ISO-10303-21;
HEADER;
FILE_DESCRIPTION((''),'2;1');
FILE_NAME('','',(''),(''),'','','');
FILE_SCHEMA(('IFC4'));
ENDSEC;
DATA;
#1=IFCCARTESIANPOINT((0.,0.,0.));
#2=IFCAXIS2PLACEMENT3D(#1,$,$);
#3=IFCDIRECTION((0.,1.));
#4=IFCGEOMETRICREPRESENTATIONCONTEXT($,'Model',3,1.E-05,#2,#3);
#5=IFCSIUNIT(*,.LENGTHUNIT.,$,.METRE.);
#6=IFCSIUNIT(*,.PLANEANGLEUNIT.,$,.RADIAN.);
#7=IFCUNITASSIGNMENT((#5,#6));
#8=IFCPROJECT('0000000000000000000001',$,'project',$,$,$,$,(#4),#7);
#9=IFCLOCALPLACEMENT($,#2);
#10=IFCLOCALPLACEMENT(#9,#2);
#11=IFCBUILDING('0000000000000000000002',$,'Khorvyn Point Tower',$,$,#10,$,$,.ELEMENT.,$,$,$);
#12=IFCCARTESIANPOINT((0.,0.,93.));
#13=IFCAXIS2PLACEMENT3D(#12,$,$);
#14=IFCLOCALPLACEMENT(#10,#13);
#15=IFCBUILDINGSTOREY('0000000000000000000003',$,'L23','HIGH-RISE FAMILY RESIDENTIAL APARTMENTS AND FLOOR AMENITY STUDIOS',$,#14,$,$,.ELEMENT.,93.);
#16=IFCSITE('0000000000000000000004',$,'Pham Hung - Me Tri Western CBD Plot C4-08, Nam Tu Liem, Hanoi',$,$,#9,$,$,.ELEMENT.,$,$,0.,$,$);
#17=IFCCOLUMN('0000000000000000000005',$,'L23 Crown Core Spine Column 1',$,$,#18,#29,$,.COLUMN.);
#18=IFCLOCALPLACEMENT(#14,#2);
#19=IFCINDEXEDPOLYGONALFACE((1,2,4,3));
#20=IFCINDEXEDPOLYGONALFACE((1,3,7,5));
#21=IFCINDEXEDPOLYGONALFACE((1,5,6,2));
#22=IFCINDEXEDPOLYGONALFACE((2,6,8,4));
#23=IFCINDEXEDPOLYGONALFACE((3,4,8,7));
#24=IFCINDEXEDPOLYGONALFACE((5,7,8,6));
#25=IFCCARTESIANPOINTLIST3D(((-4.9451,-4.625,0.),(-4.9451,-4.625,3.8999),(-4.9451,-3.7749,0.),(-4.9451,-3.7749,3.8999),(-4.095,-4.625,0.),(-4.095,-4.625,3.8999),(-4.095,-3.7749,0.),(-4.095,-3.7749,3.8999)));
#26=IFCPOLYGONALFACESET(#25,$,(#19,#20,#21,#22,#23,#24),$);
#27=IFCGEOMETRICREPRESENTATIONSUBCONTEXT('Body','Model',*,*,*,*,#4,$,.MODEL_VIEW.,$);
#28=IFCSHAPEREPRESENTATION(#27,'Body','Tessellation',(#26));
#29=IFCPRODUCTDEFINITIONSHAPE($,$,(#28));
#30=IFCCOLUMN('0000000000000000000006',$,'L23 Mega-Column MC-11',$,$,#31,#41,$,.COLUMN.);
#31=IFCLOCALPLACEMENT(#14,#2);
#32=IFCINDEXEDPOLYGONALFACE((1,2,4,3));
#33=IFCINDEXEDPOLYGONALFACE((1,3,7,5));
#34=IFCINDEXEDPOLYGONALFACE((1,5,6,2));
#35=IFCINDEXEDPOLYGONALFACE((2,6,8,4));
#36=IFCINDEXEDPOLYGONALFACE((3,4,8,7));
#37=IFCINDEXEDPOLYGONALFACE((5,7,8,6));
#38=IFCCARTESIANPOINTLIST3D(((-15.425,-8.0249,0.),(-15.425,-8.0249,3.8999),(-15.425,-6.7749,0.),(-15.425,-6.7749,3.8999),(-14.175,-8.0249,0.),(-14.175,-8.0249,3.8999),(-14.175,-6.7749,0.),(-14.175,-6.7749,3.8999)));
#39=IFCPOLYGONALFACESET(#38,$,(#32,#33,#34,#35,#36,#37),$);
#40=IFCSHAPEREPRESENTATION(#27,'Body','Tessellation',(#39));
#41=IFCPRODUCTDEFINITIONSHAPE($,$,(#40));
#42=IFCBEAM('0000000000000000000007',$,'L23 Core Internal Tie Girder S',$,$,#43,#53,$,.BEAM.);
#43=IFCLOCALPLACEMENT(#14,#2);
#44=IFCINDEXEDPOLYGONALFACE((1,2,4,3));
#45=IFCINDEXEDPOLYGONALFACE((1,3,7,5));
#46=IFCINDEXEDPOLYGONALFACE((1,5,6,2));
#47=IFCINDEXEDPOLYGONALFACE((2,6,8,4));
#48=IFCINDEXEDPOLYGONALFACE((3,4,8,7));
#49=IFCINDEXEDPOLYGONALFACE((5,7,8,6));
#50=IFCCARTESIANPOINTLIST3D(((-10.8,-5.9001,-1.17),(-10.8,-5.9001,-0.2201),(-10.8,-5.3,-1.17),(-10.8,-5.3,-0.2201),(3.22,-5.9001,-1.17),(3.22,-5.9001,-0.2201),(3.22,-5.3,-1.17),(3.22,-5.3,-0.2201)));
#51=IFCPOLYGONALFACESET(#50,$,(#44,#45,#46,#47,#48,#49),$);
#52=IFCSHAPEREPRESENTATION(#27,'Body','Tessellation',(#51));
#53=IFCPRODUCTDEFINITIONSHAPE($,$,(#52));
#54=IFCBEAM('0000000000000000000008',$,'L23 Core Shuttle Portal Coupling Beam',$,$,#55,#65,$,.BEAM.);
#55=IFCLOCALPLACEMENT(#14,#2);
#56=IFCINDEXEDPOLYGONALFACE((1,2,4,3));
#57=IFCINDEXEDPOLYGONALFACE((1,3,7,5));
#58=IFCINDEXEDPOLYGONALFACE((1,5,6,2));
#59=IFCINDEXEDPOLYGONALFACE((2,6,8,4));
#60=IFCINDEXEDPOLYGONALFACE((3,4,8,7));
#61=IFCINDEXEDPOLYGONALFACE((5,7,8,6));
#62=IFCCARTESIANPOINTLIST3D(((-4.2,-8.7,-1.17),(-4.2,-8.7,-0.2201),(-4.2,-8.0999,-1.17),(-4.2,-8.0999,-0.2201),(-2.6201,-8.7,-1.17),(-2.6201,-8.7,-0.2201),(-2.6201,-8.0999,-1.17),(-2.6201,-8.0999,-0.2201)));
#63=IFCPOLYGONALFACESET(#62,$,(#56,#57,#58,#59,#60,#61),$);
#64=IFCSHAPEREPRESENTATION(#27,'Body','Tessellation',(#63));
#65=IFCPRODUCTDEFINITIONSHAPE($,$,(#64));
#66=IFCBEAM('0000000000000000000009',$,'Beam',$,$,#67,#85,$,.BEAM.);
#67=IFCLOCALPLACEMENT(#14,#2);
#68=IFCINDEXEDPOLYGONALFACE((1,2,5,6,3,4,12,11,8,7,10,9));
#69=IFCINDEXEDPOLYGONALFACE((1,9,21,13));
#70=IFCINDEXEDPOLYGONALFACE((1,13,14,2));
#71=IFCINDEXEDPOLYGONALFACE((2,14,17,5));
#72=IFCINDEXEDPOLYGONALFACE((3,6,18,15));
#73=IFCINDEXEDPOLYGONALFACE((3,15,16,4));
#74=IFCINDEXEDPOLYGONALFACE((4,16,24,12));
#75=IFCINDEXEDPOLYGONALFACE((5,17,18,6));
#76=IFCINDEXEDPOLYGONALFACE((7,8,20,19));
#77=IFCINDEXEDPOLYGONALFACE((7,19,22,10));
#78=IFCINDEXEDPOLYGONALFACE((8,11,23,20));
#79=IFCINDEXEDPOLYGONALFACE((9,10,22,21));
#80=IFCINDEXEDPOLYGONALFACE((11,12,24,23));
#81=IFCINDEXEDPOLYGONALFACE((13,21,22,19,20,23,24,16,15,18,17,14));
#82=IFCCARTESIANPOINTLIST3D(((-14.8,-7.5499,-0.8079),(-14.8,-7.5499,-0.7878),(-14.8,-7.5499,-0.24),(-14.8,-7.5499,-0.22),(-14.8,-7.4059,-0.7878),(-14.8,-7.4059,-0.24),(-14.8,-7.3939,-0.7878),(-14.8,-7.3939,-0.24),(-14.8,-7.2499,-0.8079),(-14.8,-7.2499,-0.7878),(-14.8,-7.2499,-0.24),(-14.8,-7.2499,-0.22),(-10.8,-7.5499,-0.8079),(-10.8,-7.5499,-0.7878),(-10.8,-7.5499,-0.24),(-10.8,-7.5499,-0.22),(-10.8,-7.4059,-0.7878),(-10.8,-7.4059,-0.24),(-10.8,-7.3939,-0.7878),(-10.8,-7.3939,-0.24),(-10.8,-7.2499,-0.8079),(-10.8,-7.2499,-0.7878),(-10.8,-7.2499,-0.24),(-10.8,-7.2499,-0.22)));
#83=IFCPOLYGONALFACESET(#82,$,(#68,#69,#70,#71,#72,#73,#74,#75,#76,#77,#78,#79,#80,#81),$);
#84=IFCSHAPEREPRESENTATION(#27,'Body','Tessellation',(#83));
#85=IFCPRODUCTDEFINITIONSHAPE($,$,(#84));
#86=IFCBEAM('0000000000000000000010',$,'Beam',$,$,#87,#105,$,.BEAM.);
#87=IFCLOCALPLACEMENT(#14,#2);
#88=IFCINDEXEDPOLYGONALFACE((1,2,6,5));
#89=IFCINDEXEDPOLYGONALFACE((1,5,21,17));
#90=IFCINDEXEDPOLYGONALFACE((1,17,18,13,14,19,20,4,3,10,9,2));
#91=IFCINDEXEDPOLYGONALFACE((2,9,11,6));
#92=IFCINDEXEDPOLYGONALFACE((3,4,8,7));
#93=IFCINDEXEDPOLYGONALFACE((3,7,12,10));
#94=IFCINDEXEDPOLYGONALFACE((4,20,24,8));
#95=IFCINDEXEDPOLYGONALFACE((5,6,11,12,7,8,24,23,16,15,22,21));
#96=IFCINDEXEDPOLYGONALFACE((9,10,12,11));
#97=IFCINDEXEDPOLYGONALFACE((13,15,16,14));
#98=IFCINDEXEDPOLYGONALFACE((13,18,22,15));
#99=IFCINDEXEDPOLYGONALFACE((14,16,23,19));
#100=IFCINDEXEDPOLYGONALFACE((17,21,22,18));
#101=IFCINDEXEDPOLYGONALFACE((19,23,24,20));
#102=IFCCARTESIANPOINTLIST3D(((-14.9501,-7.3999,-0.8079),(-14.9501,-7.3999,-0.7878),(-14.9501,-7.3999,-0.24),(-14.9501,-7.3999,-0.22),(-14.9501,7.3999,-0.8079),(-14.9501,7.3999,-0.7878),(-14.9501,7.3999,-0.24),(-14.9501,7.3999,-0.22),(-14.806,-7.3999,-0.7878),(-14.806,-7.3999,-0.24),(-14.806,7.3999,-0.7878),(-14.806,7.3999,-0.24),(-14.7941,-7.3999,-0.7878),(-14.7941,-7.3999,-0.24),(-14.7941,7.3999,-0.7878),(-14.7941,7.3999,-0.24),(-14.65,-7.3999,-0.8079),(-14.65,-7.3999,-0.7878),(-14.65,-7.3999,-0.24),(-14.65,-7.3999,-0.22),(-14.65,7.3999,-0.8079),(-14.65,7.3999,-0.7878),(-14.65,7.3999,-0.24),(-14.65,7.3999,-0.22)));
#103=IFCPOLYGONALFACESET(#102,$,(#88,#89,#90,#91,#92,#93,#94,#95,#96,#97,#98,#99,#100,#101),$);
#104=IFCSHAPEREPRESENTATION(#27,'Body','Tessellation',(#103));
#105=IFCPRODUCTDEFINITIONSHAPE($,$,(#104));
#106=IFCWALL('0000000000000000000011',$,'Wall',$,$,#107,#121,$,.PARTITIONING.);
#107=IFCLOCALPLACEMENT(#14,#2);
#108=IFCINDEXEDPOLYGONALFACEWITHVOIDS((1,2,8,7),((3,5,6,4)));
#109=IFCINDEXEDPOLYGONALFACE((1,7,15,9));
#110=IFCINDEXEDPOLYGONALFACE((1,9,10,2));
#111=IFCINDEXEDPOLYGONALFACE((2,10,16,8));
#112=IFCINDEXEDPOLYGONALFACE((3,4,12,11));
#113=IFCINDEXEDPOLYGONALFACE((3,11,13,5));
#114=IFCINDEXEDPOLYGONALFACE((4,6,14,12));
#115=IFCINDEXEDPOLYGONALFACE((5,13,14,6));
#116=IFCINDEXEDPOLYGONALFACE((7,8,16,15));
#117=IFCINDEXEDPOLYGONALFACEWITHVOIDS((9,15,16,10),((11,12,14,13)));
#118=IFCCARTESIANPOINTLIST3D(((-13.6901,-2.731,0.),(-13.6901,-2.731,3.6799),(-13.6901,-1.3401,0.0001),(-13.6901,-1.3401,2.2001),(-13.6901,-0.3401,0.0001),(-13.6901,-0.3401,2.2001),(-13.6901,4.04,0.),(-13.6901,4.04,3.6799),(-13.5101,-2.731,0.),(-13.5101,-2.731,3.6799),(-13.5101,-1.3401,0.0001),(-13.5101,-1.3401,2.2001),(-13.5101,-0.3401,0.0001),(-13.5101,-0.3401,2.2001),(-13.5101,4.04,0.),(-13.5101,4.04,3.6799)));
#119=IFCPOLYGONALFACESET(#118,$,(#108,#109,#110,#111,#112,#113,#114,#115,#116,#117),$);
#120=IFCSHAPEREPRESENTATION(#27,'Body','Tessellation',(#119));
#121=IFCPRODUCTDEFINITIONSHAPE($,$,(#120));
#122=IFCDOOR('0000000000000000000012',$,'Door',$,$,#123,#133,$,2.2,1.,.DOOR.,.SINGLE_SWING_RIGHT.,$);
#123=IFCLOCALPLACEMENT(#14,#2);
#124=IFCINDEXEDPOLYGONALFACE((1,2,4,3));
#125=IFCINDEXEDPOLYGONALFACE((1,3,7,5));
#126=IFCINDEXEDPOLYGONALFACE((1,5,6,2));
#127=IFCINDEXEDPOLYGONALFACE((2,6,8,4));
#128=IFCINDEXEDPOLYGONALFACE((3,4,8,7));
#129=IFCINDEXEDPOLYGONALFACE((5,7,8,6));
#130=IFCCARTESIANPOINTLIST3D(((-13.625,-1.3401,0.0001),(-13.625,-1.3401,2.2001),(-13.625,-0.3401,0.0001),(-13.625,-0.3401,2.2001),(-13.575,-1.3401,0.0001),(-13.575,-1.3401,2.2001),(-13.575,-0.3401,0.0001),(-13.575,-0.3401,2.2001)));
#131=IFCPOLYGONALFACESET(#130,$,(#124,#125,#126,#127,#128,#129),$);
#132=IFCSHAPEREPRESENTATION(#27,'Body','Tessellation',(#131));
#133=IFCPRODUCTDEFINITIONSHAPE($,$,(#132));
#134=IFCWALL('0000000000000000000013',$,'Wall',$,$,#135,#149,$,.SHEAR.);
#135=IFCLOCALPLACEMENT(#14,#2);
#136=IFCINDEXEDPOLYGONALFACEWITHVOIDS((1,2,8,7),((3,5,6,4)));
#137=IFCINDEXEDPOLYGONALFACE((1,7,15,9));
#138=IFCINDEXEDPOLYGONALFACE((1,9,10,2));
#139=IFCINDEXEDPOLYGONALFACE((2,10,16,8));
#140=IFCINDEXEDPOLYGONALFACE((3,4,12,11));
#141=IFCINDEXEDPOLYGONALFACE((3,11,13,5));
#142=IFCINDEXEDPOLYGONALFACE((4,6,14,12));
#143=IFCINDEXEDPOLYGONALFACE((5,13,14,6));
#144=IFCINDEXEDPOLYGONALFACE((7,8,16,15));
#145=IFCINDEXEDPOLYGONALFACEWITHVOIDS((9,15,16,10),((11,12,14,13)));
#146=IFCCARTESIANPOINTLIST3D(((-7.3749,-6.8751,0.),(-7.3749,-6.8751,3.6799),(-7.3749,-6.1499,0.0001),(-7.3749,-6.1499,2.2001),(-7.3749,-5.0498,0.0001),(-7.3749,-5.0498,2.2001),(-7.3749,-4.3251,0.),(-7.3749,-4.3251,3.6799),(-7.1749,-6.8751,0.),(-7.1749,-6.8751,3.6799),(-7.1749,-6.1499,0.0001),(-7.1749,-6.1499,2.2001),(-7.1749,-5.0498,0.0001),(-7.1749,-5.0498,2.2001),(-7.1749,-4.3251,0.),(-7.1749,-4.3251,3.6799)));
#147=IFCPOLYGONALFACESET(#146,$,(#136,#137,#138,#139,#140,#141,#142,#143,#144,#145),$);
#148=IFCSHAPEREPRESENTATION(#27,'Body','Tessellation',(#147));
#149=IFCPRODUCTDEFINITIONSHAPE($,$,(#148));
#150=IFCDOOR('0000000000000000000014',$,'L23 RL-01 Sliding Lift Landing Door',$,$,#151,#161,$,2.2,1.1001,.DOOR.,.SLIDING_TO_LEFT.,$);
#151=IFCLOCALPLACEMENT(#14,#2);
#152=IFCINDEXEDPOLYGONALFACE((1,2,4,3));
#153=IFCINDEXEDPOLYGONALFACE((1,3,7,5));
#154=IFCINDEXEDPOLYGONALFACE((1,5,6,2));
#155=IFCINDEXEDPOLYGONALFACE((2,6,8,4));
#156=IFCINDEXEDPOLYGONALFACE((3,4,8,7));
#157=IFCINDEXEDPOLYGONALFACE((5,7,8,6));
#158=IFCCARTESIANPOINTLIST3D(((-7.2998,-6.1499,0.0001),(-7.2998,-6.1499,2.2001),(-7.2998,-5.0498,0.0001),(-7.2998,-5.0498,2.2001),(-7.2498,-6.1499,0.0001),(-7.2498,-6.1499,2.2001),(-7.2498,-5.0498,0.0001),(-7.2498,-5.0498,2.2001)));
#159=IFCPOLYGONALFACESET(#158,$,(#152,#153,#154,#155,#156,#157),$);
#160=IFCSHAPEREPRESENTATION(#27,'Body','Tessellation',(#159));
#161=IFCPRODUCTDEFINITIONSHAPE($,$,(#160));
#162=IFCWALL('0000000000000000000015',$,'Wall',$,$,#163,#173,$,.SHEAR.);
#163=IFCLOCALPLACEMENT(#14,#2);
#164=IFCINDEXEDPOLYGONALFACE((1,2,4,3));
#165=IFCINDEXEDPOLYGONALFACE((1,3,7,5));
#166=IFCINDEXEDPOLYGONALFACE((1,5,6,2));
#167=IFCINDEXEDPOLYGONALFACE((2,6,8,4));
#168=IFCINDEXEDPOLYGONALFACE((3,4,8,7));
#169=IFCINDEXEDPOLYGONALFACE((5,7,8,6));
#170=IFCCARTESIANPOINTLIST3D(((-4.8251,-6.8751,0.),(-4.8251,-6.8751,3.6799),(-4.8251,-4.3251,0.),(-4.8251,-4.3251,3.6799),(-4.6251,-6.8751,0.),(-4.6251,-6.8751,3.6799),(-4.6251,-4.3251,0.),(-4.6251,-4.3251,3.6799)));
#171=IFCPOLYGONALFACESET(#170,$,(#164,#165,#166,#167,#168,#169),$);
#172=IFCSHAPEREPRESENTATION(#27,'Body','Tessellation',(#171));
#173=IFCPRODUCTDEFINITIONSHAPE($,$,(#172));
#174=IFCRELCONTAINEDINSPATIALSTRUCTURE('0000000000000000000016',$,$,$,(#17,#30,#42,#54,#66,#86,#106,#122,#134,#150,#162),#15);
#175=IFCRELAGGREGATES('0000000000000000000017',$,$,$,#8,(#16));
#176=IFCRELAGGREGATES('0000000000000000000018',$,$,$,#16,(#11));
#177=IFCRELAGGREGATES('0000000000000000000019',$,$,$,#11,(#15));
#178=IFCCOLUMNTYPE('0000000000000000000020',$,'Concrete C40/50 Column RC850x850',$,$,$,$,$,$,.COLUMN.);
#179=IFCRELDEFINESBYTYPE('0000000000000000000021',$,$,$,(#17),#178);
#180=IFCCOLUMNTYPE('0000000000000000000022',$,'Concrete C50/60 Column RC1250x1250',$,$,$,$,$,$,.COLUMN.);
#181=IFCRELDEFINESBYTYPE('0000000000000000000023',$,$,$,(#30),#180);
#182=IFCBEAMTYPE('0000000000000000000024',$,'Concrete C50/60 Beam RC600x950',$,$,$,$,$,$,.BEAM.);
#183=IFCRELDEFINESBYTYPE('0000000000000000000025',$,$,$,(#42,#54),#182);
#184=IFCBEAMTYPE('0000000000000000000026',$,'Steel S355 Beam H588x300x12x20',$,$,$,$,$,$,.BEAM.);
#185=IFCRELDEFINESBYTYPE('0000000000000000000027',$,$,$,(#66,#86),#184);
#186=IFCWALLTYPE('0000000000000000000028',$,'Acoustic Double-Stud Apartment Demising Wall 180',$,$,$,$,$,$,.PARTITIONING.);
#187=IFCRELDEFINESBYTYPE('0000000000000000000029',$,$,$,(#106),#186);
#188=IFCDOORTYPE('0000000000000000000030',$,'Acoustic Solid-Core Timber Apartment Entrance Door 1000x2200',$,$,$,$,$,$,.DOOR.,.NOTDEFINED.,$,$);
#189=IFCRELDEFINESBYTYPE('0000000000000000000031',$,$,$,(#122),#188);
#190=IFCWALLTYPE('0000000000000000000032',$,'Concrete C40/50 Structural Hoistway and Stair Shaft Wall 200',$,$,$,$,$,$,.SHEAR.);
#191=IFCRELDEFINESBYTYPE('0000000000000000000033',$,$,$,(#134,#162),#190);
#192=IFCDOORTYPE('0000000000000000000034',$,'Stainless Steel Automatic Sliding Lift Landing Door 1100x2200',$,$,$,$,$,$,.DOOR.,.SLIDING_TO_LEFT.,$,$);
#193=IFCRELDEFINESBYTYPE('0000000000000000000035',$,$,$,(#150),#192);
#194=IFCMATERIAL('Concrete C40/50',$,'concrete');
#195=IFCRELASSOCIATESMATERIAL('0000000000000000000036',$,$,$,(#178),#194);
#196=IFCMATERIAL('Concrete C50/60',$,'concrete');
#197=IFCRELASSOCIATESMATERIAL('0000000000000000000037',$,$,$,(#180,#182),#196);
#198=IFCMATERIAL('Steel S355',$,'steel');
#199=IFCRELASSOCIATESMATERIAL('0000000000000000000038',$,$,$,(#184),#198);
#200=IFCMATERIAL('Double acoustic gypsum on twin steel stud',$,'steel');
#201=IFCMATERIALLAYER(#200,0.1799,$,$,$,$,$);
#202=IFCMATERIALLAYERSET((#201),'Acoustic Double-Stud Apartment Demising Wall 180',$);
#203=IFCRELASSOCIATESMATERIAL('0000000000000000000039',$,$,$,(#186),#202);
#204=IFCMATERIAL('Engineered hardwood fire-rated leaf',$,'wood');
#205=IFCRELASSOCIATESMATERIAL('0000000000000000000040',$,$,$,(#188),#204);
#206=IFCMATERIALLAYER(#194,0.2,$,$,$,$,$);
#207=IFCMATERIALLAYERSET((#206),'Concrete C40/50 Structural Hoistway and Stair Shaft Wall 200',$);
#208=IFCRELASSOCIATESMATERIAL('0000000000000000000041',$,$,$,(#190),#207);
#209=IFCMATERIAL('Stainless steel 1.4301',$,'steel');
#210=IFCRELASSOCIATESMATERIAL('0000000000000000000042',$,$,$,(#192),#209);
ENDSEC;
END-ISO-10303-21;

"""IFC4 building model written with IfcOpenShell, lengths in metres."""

from ifc_helpers import new_model, si_unit, direction, frame, frame_2d, origin, origin_2d, place, context, subcontext, project, spatial, rectangle, i_section, extrude, material, layer, layer_set, material_profile, profile_set, type_object, element, fill, save


model = new_model("IFC4")

# Units and contexts
model_context = context("Model", 3, precision=1e-05, world=origin(), true_north=direction((0.0, 1.0)))
body_context = subcontext(model_context, "Body", "Model", "MODEL_VIEW")
ifc_project = project(units=[si_unit("LENGTHUNIT", "METRE"), si_unit("PLANEANGLEUNIT", "RADIAN")], contexts=[model_context])

# Site, building, storey
site_placement = place(None, origin())
site = spatial("IfcSite", under=ifc_project, at=site_placement, Name="Pham Hung - Me Tri Western CBD Plot C4-08, Nam Tu Liem, Hanoi", CompositionType="ELEMENT", RefElevation=0.0)
building_placement = place(site_placement, origin())
building = spatial("IfcBuilding", under=site, at=building_placement, Name="Khorvyn Point Tower", CompositionType="ELEMENT")
storey_placement = place(building_placement, frame((0.0, 0.0, 93.0)))
storey = spatial("IfcBuildingStorey", under=building, at=storey_placement, Name="L23", Description="HIGH-RISE FAMILY RESIDENTIAL APARTMENTS AND FLOOR AMENITY STUDIOS", CompositionType="ELEMENT", Elevation=93.0)

# Columns
ifc_material_1 = material(Name="Concrete C40/50", Category="concrete")
ifc_material_profile_1 = material_profile(ifc_material_1, rectangle(XDim=0.8501, YDim=0.8501, at=origin_2d()))
ifc_profile_set_1 = profile_set([ifc_material_profile_1], Name="Concrete C40/50 RC850x850")
column_type_1 = type_object("IfcColumnType", Name="Concrete C40/50 Column RC850x850", PredefinedType="COLUMN", material=ifc_profile_set_1)
column_1_placement = place(storey_placement, frame((-4.52, -4.2, 0.0), z_axis=(0.0, 0.0, 1.0), x_axis=(1.0, 0.0, 0.0)))
element("IfcColumn", 1, at=column_1_placement, inside=storey, type_object=column_type_1, Name="L23 Crown Core Spine Column 1", PredefinedType="COLUMN", context=body_context, shape_type="SweptSolid", body=[
    extrude(rectangle(XDim=0.8501, YDim=0.8501, at=origin_2d()), origin(), (0.0, 0.0, 1.0), 3.8999),
])
ifc_material_2 = material(Name="Concrete C50/60", Category="concrete")
ifc_material_profile_2 = material_profile(ifc_material_2, rectangle(XDim=1.25, YDim=1.25, at=origin_2d()))
ifc_profile_set_2 = profile_set([ifc_material_profile_2], Name="Concrete C50/60 RC1250x1250")
column_type_2 = type_object("IfcColumnType", Name="Concrete C50/60 Column RC1250x1250", PredefinedType="COLUMN", material=ifc_profile_set_2)
column_2_placement = place(storey_placement, frame((-14.8, -7.3999, 0.0), z_axis=(0.0, 0.0, 1.0), x_axis=(1.0, 0.0, 0.0)))
element("IfcColumn", 2, at=column_2_placement, inside=storey, type_object=column_type_2, Name="L23 Mega-Column MC-11", PredefinedType="COLUMN", context=body_context, shape_type="SweptSolid", body=[
    extrude(rectangle(XDim=1.25, YDim=1.25, at=origin_2d()), origin(), (0.0, 0.0, 1.0), 3.8999),
])

# Beams
ifc_material_profile_3 = material_profile(ifc_material_2, rectangle(XDim=0.6001, YDim=0.95, at=origin_2d()))
ifc_profile_set_3 = profile_set([ifc_material_profile_3], Name="Concrete C50/60 RC600x950")
beam_type_1 = type_object("IfcBeamType", Name="Concrete C50/60 Beam RC600x950", PredefinedType="BEAM", material=ifc_profile_set_3)
beam_1_placement = place(storey_placement, frame((-10.8, -5.6001, -0.6951), z_axis=(1.0, 0.0, 0.0), x_axis=(0.0, 1.0, 0.0)))
element("IfcBeam", 3, at=beam_1_placement, inside=storey, type_object=beam_type_1, Name="L23 Core Internal Tie Girder S", PredefinedType="BEAM", context=body_context, shape_type="SweptSolid", body=[
    extrude(rectangle(XDim=0.6001, YDim=0.95, at=origin_2d()), origin(), (0.0, 0.0, 1.0), 14.02),
])
beam_2_placement = place(storey_placement, frame((-4.2, -8.3999, -0.6951), z_axis=(1.0, 0.0, 0.0), x_axis=(0.0, 1.0, 0.0)))
element("IfcBeam", 4, at=beam_2_placement, inside=storey, type_object=beam_type_1, Name="L23 Core Shuttle Portal Coupling Beam", PredefinedType="BEAM", context=body_context, shape_type="SweptSolid", body=[
    extrude(rectangle(XDim=0.6001, YDim=0.95, at=origin_2d()), origin(), (0.0, 0.0, 1.0), 1.5798),
])
ifc_material_3 = material(Name="Steel S355", Category="steel")
ifc_material_profile_4 = material_profile(ifc_material_3, i_section(OverallWidth=0.3, OverallDepth=0.5879, WebThickness=0.012, FlangeThickness=0.02, at=origin_2d()))
ifc_profile_set_4 = profile_set([ifc_material_profile_4], Name="Steel S355 H588x300x12x20")
beam_type_2 = type_object("IfcBeamType", Name="Steel S355 Beam H588x300x12x20", PredefinedType="BEAM", material=ifc_profile_set_4)
beam_3_placement = place(storey_placement, frame((-14.8, -7.3999, -0.5139), z_axis=(1.0, 0.0, 0.0), x_axis=(0.0, 1.0, 0.0)))
element("IfcBeam", 5, at=beam_3_placement, inside=storey, type_object=beam_type_2, Name="Beam", PredefinedType="BEAM", context=body_context, shape_type="SweptSolid", body=[
    extrude(i_section(OverallWidth=0.3, OverallDepth=0.5879, WebThickness=0.012, FlangeThickness=0.02, at=origin_2d()), origin(), (0.0, 0.0, 1.0), 4.0),
])
beam_4_placement = place(storey_placement, frame((-14.8, -7.3999, -0.5139), z_axis=(0.0, 1.0, 0.0), x_axis=(-1.0, 0.0, 0.0)))
element("IfcBeam", 6, at=beam_4_placement, inside=storey, type_object=beam_type_2, Name="Beam", PredefinedType="BEAM", context=body_context, shape_type="SweptSolid", body=[
    extrude(i_section(OverallWidth=0.3, OverallDepth=0.5879, WebThickness=0.012, FlangeThickness=0.02, at=origin_2d()), origin(), (0.0, 0.0, 1.0), 14.7998),
])

# Walls, openings, doors
ifc_material_4 = material(Name="Double acoustic gypsum on twin steel stud", Category="steel")
ifc_layer_1 = layer(ifc_material_4, 0.1799)
ifc_layer_set_1 = layer_set([ifc_layer_1], Name="Acoustic Double-Stud Apartment Demising Wall 180")
wall_type_1 = type_object("IfcWallType", Name="Acoustic Double-Stud Apartment Demising Wall 180", PredefinedType="PARTITIONING", material=ifc_layer_set_1)
wall_1_placement = place(storey_placement, frame((-13.6001, -2.731, 0.0), z_axis=(0.0, 0.0, 1.0), x_axis=(0.0, 1.0, 0.0)))
wall_1 = element("IfcWall", 7, at=wall_1_placement, inside=storey, type_object=wall_type_1, Name="Wall", PredefinedType="PARTITIONING", context=body_context, shape_type="SweptSolid", body=[
    extrude(rectangle(XDim=6.771, YDim=0.1799, at=frame_2d((3.3855, 0.0))), origin(), (0.0, 0.0, 1.0), 3.6799),
])
opening_1_placement = place(wall_1_placement, frame((1.3909, 0.0, 0.0)))
opening_1 = element("IfcOpeningElement", 8, at=opening_1_placement, cuts=wall_1, PredefinedType="OPENING", context=body_context, shape_type="SweptSolid", body=[
    extrude(rectangle(XDim=1.0, YDim=2.2, at=frame_2d((0.5, 1.1001))), frame((0.0, 0.0999, 0.0), z_axis=(0.0, -1.0, 0.0), x_axis=(1.0, 0.0, 0.0)), (0.0, 0.0, 1.0), 0.2),
])
ifc_material_5 = material(Name="Engineered hardwood fire-rated leaf", Category="wood")
door_type_1 = type_object("IfcDoorType", Name="Acoustic Solid-Core Timber Apartment Entrance Door 1000x2200", OperationType="NOTDEFINED", PredefinedType="DOOR", material=ifc_material_5)
door_1_placement = place(opening_1_placement, origin())
door_1 = element("IfcDoor", 9, at=door_1_placement, inside=storey, type_object=door_type_1, Name="Door", OperationType="SINGLE_SWING_RIGHT", OverallHeight=2.2, OverallWidth=1.0, PredefinedType="DOOR", context=body_context, shape_type="SweptSolid", body=[
    extrude(rectangle(XDim=1.0, YDim=2.2, at=frame_2d((0.5, 1.1001))), frame((0.0, 0.0249, 0.0), z_axis=(0.0, -1.0, 0.0), x_axis=(1.0, 0.0, 0.0)), (0.0, 0.0, 1.0), 0.05),
])
fill(opening_1, door_1)
ifc_layer_2 = layer(ifc_material_1, 0.2)
ifc_layer_set_2 = layer_set([ifc_layer_2], Name="Concrete C40/50 Structural Hoistway and Stair Shaft Wall 200")
wall_type_2 = type_object("IfcWallType", Name="Concrete C40/50 Structural Hoistway and Stair Shaft Wall 200", PredefinedType="SHEAR", material=ifc_layer_set_2)
wall_2_placement = place(storey_placement, frame((-7.2749, -6.875, 0.0), z_axis=(0.0, 0.0, 1.0), x_axis=(0.0, 1.0, 0.0)))
wall_2 = element("IfcWall", 10, at=wall_2_placement, inside=storey, type_object=wall_type_2, Name="Wall", PredefinedType="SHEAR", context=body_context, shape_type="SweptSolid", body=[
    extrude(rectangle(XDim=2.55, YDim=0.2, at=frame_2d((1.2749, 0.0))), origin(), (0.0, 0.0, 1.0), 3.6799),
])
opening_2_placement = place(wall_2_placement, frame((0.7251, 0.0, 0.0)))
opening_2 = element("IfcOpeningElement", 11, at=opening_2_placement, cuts=wall_2, PredefinedType="OPENING", context=body_context, shape_type="SweptSolid", body=[
    extrude(rectangle(XDim=1.1001, YDim=2.2, at=frame_2d((0.55, 1.1001))), frame((0.0, 0.1099, 0.0), z_axis=(0.0, -1.0, 0.0), x_axis=(1.0, 0.0, 0.0)), (0.0, 0.0, 1.0), 0.22),
])
ifc_material_6 = material(Name="Stainless steel 1.4301", Category="steel")
door_type_2 = type_object("IfcDoorType", Name="Stainless Steel Automatic Sliding Lift Landing Door 1100x2200", OperationType="SLIDING_TO_LEFT", PredefinedType="DOOR", material=ifc_material_6)
door_2_placement = place(opening_2_placement, origin())
door_2 = element("IfcDoor", 12, at=door_2_placement, inside=storey, type_object=door_type_2, Name="L23 RL-01 Sliding Lift Landing Door", OperationType="SLIDING_TO_LEFT", OverallHeight=2.2, OverallWidth=1.1001, PredefinedType="DOOR", context=body_context, shape_type="SweptSolid", body=[
    extrude(rectangle(XDim=1.1001, YDim=2.2, at=frame_2d((0.55, 1.1001))), frame((0.0, 0.0249, 0.0), z_axis=(0.0, -1.0, 0.0), x_axis=(1.0, 0.0, 0.0)), (0.0, 0.0, 1.0), 0.05),
])
fill(opening_2, door_2)

# Wall
wall_3_placement = place(storey_placement, frame((-4.7251, -6.875, 0.0), z_axis=(0.0, 0.0, 1.0), x_axis=(0.0, 1.0, 0.0)))
element("IfcWall", 13, at=wall_3_placement, inside=storey, type_object=wall_type_2, Name="Wall", PredefinedType="SHEAR", context=body_context, shape_type="SweptSolid", body=[
    extrude(rectangle(XDim=2.55, YDim=0.2, at=frame_2d((1.2749, 0.0))), origin(), (0.0, 0.0, 1.0), 3.6799),
])

save(model, "model.ifc")
